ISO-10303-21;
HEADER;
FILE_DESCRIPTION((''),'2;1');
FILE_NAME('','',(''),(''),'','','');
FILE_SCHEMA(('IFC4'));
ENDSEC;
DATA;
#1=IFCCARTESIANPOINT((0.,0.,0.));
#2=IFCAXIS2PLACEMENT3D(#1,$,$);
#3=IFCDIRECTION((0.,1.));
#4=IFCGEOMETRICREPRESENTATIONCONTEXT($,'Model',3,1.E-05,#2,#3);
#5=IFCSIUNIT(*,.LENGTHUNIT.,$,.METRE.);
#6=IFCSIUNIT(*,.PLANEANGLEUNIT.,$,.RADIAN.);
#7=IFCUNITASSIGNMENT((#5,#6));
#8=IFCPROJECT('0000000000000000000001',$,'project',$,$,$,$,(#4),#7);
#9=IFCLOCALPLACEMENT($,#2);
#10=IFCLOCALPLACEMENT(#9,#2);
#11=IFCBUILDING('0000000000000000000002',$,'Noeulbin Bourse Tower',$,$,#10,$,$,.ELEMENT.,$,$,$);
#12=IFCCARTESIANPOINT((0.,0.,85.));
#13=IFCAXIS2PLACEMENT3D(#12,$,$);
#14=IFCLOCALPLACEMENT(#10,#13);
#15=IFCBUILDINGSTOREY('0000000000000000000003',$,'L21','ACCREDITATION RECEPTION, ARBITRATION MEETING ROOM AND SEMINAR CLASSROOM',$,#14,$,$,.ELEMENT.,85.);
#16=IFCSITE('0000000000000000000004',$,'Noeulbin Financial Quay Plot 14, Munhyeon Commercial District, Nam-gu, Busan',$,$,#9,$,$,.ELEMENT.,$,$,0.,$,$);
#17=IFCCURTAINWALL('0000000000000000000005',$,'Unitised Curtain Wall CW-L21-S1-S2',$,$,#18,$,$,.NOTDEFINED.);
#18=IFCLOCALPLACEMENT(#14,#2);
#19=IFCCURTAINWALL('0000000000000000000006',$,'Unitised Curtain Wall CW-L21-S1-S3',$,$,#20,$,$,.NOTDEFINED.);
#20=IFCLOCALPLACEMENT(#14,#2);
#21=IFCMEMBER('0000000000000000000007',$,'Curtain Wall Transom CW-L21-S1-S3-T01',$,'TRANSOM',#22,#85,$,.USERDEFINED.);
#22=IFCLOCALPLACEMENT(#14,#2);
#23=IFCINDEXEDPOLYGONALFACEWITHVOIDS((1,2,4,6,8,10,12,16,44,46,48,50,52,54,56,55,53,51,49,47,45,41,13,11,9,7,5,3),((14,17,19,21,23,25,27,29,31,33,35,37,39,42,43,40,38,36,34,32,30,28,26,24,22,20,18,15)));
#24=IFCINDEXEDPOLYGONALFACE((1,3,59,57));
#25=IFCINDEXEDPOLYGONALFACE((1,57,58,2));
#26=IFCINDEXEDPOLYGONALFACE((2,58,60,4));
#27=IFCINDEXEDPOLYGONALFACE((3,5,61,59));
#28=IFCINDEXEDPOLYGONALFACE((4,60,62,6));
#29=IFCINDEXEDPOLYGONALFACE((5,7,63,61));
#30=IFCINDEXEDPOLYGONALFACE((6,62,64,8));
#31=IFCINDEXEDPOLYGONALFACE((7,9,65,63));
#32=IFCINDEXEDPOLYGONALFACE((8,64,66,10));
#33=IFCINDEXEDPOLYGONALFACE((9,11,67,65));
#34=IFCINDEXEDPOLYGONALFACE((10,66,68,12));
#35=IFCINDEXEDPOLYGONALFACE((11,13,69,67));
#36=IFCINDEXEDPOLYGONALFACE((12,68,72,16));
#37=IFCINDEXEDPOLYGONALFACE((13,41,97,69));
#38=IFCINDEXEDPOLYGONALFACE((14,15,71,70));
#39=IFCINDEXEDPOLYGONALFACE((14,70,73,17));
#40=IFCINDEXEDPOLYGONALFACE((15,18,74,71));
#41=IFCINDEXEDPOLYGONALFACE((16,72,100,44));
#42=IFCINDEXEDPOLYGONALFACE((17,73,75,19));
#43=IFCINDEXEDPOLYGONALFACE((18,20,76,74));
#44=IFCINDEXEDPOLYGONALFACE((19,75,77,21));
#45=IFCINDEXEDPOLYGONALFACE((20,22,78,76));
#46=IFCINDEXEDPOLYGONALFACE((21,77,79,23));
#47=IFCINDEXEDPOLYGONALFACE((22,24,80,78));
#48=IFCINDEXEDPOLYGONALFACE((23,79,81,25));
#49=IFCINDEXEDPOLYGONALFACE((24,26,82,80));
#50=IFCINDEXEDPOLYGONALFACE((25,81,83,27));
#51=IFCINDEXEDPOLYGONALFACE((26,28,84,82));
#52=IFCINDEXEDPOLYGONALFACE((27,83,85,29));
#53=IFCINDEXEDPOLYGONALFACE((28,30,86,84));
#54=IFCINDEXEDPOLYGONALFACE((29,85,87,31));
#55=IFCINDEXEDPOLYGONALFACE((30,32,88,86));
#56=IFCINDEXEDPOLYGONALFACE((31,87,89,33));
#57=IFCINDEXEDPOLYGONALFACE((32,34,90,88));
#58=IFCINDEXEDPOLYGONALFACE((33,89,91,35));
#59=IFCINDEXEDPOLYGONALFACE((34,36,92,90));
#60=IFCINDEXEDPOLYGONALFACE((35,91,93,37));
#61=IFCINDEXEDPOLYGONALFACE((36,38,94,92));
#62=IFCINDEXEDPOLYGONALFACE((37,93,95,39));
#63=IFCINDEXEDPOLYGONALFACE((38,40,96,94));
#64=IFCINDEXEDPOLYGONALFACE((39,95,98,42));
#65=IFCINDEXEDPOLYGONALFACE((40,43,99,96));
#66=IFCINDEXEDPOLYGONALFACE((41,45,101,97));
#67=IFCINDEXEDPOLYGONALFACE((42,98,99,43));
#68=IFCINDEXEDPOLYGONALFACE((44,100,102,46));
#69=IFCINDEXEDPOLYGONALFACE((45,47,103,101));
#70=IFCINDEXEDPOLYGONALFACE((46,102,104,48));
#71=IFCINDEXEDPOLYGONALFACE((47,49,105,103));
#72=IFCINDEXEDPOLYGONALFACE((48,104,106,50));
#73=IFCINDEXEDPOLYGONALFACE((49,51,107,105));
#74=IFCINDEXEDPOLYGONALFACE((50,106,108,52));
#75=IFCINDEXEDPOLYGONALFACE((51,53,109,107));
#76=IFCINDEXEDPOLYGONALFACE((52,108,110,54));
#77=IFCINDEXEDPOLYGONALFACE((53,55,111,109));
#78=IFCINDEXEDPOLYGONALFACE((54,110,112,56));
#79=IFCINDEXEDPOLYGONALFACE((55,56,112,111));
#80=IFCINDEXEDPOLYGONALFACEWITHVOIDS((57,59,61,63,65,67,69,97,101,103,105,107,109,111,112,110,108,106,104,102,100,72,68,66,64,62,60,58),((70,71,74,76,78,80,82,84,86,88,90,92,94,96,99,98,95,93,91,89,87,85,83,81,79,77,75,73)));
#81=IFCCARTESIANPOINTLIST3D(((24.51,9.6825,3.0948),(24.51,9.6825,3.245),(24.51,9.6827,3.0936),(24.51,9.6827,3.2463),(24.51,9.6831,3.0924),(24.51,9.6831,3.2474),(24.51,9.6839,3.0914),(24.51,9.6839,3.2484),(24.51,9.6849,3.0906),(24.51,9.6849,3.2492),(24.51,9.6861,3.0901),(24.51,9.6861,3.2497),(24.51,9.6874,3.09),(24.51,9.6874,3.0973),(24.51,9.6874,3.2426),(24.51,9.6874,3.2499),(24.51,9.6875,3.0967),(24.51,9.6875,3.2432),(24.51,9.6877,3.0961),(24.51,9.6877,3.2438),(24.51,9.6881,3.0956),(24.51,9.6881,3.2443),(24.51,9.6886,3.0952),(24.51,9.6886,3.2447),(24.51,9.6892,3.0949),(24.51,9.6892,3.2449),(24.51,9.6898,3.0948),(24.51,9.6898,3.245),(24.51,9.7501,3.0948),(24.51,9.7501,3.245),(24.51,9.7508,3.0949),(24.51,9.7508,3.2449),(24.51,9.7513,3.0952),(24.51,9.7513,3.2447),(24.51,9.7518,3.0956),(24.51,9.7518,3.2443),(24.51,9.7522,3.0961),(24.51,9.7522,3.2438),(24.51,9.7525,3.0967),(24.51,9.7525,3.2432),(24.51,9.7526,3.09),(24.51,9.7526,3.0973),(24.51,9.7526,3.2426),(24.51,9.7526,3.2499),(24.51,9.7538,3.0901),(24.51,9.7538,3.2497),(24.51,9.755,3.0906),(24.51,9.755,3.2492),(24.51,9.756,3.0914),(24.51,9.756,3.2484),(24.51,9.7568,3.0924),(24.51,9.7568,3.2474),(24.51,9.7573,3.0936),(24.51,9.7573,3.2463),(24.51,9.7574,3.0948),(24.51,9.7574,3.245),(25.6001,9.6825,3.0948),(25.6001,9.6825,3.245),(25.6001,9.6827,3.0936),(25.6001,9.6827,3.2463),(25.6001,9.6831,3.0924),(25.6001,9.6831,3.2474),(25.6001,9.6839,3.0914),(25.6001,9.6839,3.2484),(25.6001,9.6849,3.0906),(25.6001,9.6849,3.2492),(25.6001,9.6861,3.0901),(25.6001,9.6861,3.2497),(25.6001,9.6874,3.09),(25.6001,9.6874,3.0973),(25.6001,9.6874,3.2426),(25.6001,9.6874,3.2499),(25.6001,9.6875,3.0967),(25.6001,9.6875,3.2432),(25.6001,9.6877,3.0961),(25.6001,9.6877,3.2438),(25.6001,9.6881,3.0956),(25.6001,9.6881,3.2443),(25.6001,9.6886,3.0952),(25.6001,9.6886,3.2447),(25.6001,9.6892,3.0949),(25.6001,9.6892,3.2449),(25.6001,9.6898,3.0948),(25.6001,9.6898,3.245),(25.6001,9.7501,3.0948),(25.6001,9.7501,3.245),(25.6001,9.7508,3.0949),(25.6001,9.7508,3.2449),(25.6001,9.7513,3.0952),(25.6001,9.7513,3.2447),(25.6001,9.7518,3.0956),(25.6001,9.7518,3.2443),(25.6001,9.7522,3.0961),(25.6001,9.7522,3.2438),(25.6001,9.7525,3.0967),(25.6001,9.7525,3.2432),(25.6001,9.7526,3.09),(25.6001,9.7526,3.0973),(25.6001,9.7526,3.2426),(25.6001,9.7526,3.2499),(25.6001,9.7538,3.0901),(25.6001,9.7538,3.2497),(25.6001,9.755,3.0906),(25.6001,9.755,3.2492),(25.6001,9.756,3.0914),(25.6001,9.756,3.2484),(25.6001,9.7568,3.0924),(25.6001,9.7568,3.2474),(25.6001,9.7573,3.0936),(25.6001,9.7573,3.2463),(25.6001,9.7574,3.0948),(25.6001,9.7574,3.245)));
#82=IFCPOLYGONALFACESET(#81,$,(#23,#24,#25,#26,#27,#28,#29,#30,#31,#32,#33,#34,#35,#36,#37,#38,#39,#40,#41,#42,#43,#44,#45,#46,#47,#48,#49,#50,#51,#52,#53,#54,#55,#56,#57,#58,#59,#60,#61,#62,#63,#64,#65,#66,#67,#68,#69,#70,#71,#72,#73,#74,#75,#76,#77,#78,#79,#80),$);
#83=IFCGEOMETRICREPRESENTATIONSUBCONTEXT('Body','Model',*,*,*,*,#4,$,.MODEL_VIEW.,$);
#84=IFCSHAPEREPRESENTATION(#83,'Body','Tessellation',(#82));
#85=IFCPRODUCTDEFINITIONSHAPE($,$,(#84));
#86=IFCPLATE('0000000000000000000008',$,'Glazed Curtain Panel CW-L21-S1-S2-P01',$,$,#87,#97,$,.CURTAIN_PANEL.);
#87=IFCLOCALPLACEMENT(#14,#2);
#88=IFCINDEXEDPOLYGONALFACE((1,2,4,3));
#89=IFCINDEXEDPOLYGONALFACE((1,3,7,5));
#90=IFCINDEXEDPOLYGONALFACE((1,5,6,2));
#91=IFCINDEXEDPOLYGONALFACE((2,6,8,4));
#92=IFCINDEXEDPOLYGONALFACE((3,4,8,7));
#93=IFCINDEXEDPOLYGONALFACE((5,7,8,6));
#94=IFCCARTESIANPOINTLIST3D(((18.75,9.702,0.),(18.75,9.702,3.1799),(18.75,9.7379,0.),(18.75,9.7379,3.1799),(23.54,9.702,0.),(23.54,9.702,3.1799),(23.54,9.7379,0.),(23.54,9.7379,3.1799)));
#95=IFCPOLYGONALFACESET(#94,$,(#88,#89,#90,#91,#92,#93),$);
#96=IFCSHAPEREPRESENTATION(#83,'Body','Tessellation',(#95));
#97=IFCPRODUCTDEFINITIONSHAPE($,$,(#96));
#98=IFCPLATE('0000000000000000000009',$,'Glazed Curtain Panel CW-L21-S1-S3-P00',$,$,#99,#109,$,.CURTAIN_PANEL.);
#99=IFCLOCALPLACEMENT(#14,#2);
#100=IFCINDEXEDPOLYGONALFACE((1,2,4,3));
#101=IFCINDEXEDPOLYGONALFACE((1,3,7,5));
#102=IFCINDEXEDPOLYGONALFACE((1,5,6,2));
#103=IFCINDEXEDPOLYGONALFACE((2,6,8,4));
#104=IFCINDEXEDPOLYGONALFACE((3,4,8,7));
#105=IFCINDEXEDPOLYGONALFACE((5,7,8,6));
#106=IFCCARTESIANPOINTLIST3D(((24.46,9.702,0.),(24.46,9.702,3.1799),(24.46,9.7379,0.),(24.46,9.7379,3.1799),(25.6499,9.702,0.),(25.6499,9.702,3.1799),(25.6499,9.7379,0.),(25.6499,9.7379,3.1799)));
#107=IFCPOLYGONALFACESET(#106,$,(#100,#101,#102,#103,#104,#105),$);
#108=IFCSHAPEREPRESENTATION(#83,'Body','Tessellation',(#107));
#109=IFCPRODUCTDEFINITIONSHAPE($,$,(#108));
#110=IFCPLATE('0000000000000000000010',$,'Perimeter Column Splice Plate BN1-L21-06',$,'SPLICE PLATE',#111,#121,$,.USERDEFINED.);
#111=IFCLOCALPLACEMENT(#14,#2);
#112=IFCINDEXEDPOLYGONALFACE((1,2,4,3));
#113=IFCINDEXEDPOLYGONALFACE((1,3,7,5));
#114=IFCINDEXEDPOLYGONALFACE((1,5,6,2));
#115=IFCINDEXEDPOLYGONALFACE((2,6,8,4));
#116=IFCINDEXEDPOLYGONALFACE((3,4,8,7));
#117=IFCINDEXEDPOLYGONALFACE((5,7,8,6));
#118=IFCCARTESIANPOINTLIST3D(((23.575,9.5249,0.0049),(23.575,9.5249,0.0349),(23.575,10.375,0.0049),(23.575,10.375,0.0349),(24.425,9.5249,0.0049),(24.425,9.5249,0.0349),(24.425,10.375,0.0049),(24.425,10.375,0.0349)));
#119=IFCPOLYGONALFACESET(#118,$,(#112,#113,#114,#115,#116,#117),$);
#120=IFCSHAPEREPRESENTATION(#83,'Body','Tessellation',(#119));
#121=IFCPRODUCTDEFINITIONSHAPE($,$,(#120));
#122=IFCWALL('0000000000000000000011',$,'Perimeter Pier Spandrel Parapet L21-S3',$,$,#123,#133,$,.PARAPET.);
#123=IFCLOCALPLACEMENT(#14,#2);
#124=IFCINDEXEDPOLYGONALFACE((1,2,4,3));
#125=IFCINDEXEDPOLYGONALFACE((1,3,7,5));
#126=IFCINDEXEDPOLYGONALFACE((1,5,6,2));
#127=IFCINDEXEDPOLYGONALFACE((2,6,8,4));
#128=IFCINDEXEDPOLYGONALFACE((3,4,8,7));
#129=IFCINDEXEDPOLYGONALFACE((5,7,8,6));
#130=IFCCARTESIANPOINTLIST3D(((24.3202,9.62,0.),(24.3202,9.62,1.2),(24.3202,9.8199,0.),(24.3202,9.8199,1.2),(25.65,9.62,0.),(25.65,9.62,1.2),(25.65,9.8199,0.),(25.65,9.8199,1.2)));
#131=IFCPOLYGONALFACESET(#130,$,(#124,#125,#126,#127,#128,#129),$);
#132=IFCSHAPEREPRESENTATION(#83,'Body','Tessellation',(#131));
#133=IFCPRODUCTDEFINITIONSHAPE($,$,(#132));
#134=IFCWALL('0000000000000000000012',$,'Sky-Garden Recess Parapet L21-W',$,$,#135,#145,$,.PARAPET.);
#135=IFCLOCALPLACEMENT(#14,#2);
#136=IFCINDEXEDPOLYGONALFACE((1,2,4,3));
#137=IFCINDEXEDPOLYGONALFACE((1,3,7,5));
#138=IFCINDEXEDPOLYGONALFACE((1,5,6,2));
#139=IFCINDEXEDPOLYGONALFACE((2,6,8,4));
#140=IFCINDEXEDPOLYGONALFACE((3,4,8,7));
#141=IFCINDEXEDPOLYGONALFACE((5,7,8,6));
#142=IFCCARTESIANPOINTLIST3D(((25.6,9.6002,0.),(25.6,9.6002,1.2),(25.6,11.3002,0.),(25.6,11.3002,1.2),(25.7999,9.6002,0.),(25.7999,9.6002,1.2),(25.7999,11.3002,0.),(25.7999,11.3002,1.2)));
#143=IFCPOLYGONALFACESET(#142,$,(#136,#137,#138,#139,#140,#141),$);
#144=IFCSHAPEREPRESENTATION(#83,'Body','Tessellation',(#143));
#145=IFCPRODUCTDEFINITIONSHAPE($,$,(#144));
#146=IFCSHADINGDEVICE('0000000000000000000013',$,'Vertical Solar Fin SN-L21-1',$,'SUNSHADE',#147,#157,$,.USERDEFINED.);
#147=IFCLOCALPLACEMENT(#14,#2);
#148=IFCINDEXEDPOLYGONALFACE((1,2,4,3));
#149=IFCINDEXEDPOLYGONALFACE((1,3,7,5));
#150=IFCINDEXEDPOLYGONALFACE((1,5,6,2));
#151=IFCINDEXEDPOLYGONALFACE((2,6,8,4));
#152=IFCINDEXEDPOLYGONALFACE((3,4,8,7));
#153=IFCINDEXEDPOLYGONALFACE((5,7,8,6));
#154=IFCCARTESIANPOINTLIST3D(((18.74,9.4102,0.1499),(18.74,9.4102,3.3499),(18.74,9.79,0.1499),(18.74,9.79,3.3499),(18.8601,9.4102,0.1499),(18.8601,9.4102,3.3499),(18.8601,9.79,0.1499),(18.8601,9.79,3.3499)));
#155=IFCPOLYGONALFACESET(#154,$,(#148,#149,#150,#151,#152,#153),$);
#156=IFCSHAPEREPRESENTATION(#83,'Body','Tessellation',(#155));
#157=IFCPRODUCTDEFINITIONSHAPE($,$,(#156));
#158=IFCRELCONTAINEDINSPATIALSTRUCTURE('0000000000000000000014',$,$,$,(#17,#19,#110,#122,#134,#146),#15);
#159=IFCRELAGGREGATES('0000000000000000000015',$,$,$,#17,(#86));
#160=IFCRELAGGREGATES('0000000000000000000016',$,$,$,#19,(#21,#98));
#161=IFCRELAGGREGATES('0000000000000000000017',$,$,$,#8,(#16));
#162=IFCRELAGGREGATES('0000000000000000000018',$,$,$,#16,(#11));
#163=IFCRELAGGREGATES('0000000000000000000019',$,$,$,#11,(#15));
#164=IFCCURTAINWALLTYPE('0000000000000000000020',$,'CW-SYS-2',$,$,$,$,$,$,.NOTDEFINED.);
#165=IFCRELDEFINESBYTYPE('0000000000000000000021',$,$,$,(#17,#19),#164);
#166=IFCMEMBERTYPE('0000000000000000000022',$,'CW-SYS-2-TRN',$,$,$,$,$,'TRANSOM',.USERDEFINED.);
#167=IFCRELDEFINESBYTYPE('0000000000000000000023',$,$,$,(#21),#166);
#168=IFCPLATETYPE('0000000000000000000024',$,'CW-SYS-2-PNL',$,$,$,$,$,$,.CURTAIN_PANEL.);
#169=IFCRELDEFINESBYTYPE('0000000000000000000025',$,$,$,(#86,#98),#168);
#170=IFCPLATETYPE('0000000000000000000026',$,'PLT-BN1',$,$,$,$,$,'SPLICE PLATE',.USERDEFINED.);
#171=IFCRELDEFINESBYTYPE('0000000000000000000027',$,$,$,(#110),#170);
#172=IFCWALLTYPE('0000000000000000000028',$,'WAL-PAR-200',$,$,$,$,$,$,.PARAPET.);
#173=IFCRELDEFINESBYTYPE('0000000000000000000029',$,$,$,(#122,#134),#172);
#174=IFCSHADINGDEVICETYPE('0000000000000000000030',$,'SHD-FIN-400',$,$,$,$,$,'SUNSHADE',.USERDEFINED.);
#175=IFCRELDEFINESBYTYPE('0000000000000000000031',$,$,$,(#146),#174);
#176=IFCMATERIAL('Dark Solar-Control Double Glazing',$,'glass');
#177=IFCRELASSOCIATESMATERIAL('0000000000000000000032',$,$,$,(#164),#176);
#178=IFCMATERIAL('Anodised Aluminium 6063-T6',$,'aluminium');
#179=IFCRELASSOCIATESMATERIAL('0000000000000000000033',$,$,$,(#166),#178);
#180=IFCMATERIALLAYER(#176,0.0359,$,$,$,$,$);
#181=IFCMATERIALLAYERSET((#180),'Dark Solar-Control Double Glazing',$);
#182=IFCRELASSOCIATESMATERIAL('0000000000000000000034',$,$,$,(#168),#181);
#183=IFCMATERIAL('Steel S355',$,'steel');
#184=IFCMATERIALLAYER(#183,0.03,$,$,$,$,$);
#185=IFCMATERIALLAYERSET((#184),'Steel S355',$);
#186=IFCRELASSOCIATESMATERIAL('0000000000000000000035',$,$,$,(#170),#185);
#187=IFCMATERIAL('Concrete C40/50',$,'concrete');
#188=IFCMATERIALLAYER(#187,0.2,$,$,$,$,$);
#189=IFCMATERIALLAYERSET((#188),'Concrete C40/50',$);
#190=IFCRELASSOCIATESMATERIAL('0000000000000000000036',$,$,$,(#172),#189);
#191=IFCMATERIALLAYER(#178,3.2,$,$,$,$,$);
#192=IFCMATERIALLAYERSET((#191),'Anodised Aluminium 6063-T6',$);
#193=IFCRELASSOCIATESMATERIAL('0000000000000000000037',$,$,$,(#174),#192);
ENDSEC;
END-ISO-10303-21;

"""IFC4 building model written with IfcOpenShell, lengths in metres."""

from ifc_helpers import new_model, si_unit, direction, frame, frame_2d, origin, origin_2d, place, context, subcontext, project, spatial, rectangle, hollow_rectangle, extrude, material, layer, layer_set, material_profile, profile_set, type_object, element, aggregate, save


model = new_model("IFC4")

# Units and contexts
model_context = context("Model", 3, precision=1e-05, world=origin(), true_north=direction((0.0, 1.0)))
body_context = subcontext(model_context, "Body", "Model", "MODEL_VIEW")
ifc_project = project(units=[si_unit("LENGTHUNIT", "METRE"), si_unit("PLANEANGLEUNIT", "RADIAN")], contexts=[model_context])

# Site, building, storey
site_placement = place(None, origin())
site = spatial("IfcSite", under=ifc_project, at=site_placement, Name="Noeulbin Financial Quay Plot 14, Munhyeon Commercial District, Nam-gu, Busan", CompositionType="ELEMENT", RefElevation=0.0)
building_placement = place(site_placement, origin())
building = spatial("IfcBuilding", under=site, at=building_placement, Name="Noeulbin Bourse Tower", CompositionType="ELEMENT")
storey_placement = place(building_placement, frame((0.0, 0.0, 85.0)))
storey = spatial("IfcBuildingStorey", under=building, at=storey_placement, Name="L21", Description="ACCREDITATION RECEPTION, ARBITRATION MEETING ROOM AND SEMINAR CLASSROOM", CompositionType="ELEMENT", Elevation=85.0)

# Shared definitions
ifc_material_1 = material(Name="Steel S355", Category="steel")

# Shared definitions
ifc_material_2 = material(Name="Dark Solar-Control Double Glazing", Category="glass")
curtain_wall_type = type_object("IfcCurtainWallType", Name="CW-SYS-2", PredefinedType="NOTDEFINED", material=ifc_material_2)
ifc_material_3 = material(Name="Anodised Aluminium 6063-T6", Category="aluminium")

# Curtain walls
curtain_wall_1_placement = place(storey_placement, origin())
curtain_wall_1 = element("IfcCurtainWall", 1, at=curtain_wall_1_placement, inside=storey, type_object=curtain_wall_type, Name="Unitised Curtain Wall CW-L21-S1-S2", PredefinedType="NOTDEFINED")
curtain_wall_2_placement = place(storey_placement, origin())
curtain_wall_2 = element("IfcCurtainWall", 2, at=curtain_wall_2_placement, inside=storey, type_object=curtain_wall_type, Name="Unitised Curtain Wall CW-L21-S1-S3", PredefinedType="NOTDEFINED")

# Member
ifc_material_profile_1 = material_profile(ifc_material_3, hollow_rectangle(XDim=0.075, YDim=0.1599, WallThickness=0.0049, InnerFilletRadius=0.0024, OuterFilletRadius=0.0049, at=origin_2d()), Name="ALU-TRAN-75x160x5", Category="LoadBearing")
ifc_profile_set_1 = profile_set([ifc_material_profile_1], Name="Anodised Aluminium 6063-T6")
member_type_1 = type_object("IfcMemberType", Name="CW-SYS-2-TRN", ElementType="TRANSOM", PredefinedType="USERDEFINED", material=ifc_profile_set_1)
member_1_placement = place(storey_placement, frame((24.51, 9.72, 3.1699), z_axis=(1.0, 0.0, 0.0), x_axis=(0.0, 1.0, 0.0)))
member_1 = element("IfcMember", 3, at=member_1_placement, type_object=member_type_1, Name="Curtain Wall Transom CW-L21-S1-S3-T01", ObjectType="TRANSOM", PredefinedType="USERDEFINED", context=body_context, shape_type="SweptSolid", body=[
    extrude(hollow_rectangle(XDim=0.075, YDim=0.1599, WallThickness=0.0049, InnerFilletRadius=0.0024, OuterFilletRadius=0.0049, at=origin_2d()), origin(), (0.0, 0.0, 1.0), 1.0901),
])

# Plates
ifc_layer_1 = layer(ifc_material_2, 0.0359)
ifc_layer_set_1 = layer_set([ifc_layer_1], Name="Dark Solar-Control Double Glazing")
plate_type_1 = type_object("IfcPlateType", Name="CW-SYS-2-PNL", PredefinedType="CURTAIN_PANEL", material=ifc_layer_set_1)
plate_1_placement = place(storey_placement, frame((21.145, 9.72, 0.0), z_axis=(0.0, 0.0, 1.0), x_axis=(1.0, 0.0, 0.0)))
plate_1 = element("IfcPlate", 4, at=plate_1_placement, type_object=plate_type_1, Name="Glazed Curtain Panel CW-L21-S1-S2-P01", PredefinedType="CURTAIN_PANEL", context=body_context, shape_type="SweptSolid", body=[
    extrude(rectangle(XDim=4.79, YDim=0.0359, at=origin_2d()), origin(), (0.0, 0.0, 1.0), 3.1799),
])
aggregate(curtain_wall_1, [plate_1])
plate_2_placement = place(storey_placement, frame((25.0549, 9.72, 0.0), z_axis=(0.0, 0.0, 1.0), x_axis=(1.0, 0.0, 0.0)))
plate_2 = element("IfcPlate", 5, at=plate_2_placement, type_object=plate_type_1, Name="Glazed Curtain Panel CW-L21-S1-S3-P00", PredefinedType="CURTAIN_PANEL", context=body_context, shape_type="SweptSolid", body=[
    extrude(rectangle(XDim=1.1899, YDim=0.0359, at=origin_2d()), origin(), (0.0, 0.0, 1.0), 3.1799),
])
aggregate(curtain_wall_2, [member_1, plate_2])
ifc_layer_2 = layer(ifc_material_1, 0.03)
ifc_layer_set_2 = layer_set([ifc_layer_2], Name="Steel S355")
plate_type_2 = type_object("IfcPlateType", Name="PLT-BN1", ElementType="SPLICE PLATE", PredefinedType="USERDEFINED", material=ifc_layer_set_2)
plate_3_placement = place(storey_placement, frame((24.0, 9.95, 0.0049), z_axis=(0.0, 0.0, 1.0), x_axis=(1.0, 0.0, 0.0)))
element("IfcPlate", 6, at=plate_3_placement, inside=storey, type_object=plate_type_2, Name="Perimeter Column Splice Plate BN1-L21-06", ObjectType="SPLICE PLATE", PredefinedType="USERDEFINED", context=body_context, shape_type="SweptSolid", body=[
    extrude(rectangle(XDim=0.8501, YDim=0.8501, at=origin_2d()), origin(), (0.0, 0.0, 1.0), 0.03),
])

# Walls
ifc_material_4 = material(Name="Concrete C40/50", Category="concrete")
ifc_layer_3 = layer(ifc_material_4, 0.2)
ifc_layer_set_3 = layer_set([ifc_layer_3], Name="Concrete C40/50")
wall_type = type_object("IfcWallType", Name="WAL-PAR-200", PredefinedType="PARAPET", material=ifc_layer_set_3)
wall_1_placement = place(storey_placement, frame((24.3201, 9.72, 0.0), z_axis=(0.0, 0.0, 1.0), x_axis=(1.0, 0.0, 0.0)))
element("IfcWall", 7, at=wall_1_placement, inside=storey, type_object=wall_type, Name="Perimeter Pier Spandrel Parapet L21-S3", PredefinedType="PARAPET", context=body_context, shape_type="SweptSolid", body=[
    extrude(rectangle(XDim=1.3298, YDim=0.2, at=frame_2d((0.665, 0.0))), origin(), (0.0, 0.0, 1.0), 1.2),
])
wall_2_placement = place(storey_placement, frame((25.7, 9.6001, 0.0), z_axis=(0.0, 0.0, 1.0), x_axis=(0.0, 1.0, 0.0)))
element("IfcWall", 8, at=wall_2_placement, inside=storey, type_object=wall_type, Name="Sky-Garden Recess Parapet L21-W", PredefinedType="PARAPET", context=body_context, shape_type="SweptSolid", body=[
    extrude(rectangle(XDim=1.7, YDim=0.2, at=frame_2d((0.8501, 0.0))), origin(), (0.0, 0.0, 1.0), 1.2),
])

# Shading device
ifc_layer_4 = layer(ifc_material_3, 3.2)
ifc_layer_set_4 = layer_set([ifc_layer_4], Name="Anodised Aluminium 6063-T6")
shading_device_type = type_object("IfcShadingDeviceType", Name="SHD-FIN-400", ElementType="SUNSHADE", PredefinedType="USERDEFINED", material=ifc_layer_set_4)
shading_device_placement = place(storey_placement, frame((18.8, 9.6001, 0.1499), z_axis=(0.0, 0.0, 1.0), x_axis=(1.0, 0.0, 0.0)))
element("IfcShadingDevice", 9, at=shading_device_placement, inside=storey, type_object=shading_device_type, Name="Vertical Solar Fin SN-L21-1", ObjectType="SUNSHADE", PredefinedType="USERDEFINED", context=body_context, shape_type="SweptSolid", body=[
    extrude(rectangle(XDim=0.1201, YDim=0.3799, at=origin_2d()), origin(), (0.0, 0.0, 1.0), 3.2),
])

save(model, "model.ifc")
